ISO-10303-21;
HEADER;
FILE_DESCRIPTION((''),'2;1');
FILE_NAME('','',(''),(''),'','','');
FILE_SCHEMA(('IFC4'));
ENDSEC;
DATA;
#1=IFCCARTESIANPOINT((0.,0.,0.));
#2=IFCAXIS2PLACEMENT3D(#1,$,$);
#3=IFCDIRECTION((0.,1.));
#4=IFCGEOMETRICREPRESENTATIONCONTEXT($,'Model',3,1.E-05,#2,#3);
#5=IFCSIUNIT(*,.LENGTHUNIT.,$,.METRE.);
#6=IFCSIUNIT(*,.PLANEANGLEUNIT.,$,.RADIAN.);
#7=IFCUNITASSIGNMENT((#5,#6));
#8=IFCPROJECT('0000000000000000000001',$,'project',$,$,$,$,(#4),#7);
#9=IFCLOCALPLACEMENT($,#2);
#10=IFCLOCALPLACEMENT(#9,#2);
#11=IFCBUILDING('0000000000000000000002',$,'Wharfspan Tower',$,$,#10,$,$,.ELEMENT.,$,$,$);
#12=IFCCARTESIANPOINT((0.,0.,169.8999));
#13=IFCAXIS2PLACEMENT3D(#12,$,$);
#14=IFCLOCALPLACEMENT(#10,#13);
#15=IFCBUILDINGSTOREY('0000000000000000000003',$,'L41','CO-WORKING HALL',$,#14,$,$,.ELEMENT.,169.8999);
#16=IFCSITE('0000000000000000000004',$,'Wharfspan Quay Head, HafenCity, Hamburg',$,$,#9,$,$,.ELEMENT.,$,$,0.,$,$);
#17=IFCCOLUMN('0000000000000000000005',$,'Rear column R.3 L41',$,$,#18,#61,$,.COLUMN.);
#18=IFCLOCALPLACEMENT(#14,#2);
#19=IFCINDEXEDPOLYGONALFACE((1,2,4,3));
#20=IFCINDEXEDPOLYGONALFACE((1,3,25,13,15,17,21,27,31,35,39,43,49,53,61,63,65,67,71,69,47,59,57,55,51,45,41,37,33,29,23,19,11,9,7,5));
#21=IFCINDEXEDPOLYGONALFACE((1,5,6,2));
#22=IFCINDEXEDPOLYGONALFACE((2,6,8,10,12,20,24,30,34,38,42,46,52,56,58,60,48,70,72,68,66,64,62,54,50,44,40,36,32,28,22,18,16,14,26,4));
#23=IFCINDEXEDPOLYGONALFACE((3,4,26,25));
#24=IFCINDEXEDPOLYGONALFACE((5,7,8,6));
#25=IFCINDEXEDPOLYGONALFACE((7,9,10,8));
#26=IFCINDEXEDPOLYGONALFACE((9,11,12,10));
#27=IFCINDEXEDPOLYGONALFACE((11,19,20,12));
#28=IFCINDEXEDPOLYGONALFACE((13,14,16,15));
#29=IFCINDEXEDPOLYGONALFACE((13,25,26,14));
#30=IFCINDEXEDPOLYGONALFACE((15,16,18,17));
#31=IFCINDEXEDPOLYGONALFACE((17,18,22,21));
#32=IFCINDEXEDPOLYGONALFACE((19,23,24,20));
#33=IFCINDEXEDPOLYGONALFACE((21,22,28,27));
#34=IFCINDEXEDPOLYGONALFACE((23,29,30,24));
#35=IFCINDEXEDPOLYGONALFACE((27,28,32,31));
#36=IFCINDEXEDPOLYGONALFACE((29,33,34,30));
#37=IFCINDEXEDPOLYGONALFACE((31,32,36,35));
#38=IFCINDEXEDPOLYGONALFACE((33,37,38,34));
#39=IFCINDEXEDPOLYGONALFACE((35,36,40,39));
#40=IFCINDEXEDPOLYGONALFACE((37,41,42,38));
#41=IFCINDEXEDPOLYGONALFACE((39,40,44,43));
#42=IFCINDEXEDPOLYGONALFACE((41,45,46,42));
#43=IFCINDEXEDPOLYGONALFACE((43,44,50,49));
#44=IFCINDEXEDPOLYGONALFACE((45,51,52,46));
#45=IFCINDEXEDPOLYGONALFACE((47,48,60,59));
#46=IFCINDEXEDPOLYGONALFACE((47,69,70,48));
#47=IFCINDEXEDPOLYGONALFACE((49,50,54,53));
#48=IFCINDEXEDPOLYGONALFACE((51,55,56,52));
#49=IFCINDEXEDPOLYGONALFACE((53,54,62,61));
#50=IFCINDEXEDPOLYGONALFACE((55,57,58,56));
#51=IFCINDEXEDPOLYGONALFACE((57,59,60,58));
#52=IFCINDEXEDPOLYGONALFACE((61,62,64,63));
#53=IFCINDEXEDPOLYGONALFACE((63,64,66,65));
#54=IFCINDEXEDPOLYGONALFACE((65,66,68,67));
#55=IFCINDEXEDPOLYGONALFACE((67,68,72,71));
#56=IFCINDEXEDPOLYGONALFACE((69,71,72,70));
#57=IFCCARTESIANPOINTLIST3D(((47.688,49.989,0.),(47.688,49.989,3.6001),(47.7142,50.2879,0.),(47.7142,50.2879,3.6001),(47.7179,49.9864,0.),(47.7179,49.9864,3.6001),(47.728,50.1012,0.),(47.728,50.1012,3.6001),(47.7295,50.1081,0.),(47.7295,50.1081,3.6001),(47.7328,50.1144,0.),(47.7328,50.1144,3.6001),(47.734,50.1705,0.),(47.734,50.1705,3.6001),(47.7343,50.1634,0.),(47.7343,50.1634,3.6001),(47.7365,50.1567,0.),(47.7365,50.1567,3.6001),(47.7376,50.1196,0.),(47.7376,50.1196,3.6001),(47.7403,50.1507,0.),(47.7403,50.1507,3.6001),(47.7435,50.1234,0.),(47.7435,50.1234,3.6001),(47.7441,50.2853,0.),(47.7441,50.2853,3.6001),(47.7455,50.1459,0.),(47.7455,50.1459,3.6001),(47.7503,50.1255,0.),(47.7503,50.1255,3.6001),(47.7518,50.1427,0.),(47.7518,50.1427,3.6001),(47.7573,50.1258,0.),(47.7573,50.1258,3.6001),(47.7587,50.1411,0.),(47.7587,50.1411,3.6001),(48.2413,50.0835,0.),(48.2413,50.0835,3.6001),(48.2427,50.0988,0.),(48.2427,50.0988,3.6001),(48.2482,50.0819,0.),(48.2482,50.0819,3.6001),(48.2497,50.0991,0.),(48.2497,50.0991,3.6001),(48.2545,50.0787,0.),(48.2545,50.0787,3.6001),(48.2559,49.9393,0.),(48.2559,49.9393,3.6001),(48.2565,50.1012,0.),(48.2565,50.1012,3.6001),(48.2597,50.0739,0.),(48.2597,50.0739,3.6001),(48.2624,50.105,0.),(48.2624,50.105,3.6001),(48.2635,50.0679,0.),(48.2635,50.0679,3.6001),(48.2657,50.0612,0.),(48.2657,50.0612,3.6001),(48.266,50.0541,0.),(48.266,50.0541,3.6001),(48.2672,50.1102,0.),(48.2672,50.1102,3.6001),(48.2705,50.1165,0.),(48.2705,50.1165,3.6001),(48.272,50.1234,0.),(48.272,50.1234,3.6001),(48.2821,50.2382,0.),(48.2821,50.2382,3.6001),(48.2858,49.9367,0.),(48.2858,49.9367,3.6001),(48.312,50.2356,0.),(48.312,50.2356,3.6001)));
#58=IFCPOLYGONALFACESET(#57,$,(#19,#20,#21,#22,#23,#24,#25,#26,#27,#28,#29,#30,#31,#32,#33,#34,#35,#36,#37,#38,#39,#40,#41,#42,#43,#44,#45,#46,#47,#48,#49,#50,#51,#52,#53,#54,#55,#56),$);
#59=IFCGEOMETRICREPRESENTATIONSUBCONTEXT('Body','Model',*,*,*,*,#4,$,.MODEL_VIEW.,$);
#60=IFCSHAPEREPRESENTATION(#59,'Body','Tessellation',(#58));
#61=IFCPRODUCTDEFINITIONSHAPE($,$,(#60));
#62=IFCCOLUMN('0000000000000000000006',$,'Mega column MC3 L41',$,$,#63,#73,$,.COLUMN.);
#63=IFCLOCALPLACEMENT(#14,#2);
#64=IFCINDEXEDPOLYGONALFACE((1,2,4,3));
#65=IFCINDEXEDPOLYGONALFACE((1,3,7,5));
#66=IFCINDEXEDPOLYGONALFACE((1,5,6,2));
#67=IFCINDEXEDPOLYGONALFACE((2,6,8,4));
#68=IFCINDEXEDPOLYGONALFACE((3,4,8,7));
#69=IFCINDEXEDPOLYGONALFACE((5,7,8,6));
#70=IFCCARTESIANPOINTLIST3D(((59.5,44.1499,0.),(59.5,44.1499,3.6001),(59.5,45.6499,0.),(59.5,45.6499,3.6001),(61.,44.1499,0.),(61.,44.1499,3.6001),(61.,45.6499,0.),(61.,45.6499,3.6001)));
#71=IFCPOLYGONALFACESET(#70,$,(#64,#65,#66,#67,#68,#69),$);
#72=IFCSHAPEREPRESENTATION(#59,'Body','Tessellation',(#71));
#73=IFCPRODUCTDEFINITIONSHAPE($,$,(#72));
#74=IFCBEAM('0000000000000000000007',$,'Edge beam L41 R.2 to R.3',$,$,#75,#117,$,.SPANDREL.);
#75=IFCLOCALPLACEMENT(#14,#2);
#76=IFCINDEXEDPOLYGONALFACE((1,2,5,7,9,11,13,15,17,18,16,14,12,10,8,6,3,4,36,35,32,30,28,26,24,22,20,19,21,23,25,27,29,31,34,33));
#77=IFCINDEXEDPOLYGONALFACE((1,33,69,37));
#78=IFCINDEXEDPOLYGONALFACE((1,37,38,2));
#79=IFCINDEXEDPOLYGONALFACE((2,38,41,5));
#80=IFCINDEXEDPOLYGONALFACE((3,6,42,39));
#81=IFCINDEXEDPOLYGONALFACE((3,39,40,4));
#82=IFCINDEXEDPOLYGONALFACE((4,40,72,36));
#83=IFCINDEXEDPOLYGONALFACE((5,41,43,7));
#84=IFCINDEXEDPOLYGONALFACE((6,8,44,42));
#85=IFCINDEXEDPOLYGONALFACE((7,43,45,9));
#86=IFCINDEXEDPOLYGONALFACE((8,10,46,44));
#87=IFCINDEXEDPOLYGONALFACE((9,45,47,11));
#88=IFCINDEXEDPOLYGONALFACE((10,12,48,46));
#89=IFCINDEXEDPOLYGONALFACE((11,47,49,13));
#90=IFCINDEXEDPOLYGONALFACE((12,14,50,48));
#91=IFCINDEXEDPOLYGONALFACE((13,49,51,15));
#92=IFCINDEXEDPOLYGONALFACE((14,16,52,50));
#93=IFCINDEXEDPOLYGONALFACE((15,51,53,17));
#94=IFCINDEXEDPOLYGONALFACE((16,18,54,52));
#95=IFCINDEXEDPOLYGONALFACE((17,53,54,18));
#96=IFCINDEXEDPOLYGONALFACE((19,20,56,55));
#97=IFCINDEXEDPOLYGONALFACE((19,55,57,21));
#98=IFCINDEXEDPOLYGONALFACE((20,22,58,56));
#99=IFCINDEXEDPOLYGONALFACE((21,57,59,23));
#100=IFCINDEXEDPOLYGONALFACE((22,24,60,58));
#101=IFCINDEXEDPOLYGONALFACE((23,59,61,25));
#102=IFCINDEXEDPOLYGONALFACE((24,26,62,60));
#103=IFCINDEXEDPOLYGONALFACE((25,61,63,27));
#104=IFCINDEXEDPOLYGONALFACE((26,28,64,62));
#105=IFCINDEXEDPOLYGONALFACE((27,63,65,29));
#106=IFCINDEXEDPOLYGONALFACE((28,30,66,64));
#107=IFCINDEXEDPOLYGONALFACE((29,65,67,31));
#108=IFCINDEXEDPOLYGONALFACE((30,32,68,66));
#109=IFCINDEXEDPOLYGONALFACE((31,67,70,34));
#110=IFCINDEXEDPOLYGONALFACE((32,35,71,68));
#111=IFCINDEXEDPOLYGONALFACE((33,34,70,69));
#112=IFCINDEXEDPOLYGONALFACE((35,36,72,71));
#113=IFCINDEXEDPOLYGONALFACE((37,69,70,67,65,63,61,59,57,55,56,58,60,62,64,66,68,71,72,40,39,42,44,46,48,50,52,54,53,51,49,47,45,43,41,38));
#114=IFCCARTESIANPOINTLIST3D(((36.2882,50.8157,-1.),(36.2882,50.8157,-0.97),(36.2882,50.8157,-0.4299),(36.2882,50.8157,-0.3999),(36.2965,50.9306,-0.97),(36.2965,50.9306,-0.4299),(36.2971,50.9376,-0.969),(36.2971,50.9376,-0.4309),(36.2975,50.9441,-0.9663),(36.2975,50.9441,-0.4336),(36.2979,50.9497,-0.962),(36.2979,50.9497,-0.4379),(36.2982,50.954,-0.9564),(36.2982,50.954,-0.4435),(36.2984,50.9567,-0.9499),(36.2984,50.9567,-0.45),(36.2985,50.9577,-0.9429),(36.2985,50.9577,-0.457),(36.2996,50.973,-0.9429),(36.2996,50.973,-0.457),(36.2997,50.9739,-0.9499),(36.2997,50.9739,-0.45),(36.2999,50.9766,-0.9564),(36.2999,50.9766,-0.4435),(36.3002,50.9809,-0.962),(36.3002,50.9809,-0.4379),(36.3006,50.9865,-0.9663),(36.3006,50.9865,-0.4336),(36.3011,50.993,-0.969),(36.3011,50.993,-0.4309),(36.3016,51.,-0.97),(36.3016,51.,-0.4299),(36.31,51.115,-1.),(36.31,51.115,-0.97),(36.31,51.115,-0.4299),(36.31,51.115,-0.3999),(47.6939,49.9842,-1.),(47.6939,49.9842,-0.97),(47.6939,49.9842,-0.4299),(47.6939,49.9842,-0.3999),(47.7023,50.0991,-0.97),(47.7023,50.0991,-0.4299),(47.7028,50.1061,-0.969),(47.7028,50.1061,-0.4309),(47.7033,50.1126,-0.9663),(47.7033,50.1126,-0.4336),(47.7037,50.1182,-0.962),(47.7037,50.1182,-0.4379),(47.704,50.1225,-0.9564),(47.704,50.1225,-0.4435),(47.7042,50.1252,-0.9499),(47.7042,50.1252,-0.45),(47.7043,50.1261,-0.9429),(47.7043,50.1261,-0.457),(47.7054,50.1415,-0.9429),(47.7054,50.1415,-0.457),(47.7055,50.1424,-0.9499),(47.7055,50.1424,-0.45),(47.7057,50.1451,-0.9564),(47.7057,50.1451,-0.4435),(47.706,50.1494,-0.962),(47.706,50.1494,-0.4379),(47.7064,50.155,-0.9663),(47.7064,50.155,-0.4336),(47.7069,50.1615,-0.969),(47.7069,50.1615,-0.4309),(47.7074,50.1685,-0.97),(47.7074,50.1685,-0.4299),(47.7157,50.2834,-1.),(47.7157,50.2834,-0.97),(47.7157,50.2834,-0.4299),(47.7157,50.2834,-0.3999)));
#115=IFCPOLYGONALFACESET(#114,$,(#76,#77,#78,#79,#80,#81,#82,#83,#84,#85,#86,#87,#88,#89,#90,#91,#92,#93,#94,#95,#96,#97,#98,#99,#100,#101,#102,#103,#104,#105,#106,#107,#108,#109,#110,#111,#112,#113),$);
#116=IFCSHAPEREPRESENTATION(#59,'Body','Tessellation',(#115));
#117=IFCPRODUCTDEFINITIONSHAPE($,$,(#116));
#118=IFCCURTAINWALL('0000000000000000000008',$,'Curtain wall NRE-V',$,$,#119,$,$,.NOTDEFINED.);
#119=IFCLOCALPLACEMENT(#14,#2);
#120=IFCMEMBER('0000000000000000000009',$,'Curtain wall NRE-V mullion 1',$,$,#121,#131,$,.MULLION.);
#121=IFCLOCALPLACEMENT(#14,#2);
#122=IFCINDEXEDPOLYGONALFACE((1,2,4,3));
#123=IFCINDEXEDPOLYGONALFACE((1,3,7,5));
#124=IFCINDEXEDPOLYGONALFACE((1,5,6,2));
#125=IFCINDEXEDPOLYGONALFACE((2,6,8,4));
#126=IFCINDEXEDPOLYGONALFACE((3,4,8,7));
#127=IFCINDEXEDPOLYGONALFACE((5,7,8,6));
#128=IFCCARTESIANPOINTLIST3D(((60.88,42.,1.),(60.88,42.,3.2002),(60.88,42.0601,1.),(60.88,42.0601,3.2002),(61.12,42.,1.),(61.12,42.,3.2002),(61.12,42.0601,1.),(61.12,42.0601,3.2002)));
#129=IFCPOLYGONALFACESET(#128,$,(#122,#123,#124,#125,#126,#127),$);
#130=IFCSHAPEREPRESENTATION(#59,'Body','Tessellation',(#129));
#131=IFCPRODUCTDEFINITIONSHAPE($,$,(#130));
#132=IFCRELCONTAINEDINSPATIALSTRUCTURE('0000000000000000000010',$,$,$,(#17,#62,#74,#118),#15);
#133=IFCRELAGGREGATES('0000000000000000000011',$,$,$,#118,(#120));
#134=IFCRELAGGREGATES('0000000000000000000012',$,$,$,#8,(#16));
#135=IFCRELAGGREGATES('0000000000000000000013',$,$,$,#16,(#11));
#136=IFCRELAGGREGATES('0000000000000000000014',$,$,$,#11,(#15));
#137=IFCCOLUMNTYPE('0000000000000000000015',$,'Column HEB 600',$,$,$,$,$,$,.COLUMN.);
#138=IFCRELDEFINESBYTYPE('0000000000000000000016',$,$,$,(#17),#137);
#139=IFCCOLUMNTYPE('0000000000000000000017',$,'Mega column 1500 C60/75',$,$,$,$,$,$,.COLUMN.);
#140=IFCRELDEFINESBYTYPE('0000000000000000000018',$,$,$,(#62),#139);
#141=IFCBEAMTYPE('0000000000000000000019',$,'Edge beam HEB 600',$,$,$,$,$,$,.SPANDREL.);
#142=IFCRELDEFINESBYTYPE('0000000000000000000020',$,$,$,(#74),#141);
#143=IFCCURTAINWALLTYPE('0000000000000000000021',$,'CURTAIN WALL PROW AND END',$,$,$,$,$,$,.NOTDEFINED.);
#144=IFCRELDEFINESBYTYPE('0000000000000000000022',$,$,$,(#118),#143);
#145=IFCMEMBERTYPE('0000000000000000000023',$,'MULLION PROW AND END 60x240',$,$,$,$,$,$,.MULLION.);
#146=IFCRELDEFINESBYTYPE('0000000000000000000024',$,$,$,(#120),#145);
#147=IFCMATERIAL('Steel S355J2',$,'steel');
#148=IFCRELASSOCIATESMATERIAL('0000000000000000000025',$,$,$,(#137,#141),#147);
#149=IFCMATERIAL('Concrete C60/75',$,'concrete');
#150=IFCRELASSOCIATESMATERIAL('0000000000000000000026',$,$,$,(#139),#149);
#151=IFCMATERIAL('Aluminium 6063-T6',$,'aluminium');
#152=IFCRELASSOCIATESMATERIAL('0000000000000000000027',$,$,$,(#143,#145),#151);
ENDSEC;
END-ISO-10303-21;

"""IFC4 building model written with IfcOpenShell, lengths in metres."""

from ifc_helpers import new_model, si_unit, direction, frame, origin, origin_2d, place, context, subcontext, project, spatial, rectangle, i_section, extrude, material, material_profile, profile_set, type_object, element, aggregate, save


model = new_model("IFC4")

# Units and contexts
model_context = context("Model", 3, precision=1e-05, world=origin(), true_north=direction((0.0, 1.0)))
body_context = subcontext(model_context, "Body", "Model", "MODEL_VIEW")
ifc_project = project(units=[si_unit("LENGTHUNIT", "METRE"), si_unit("PLANEANGLEUNIT", "RADIAN")], contexts=[model_context])

# Site, building, storey
site_placement = place(None, origin())
site = spatial("IfcSite", under=ifc_project, at=site_placement, Name="Wharfspan Quay Head, HafenCity, Hamburg", CompositionType="ELEMENT", RefElevation=0.0)
building_placement = place(site_placement, origin())
building = spatial("IfcBuilding", under=site, at=building_placement, Name="Wharfspan Tower", CompositionType="ELEMENT")
storey_placement = place(building_placement, frame((0.0, 0.0, 169.8999)))
storey = spatial("IfcBuildingStorey", under=building, at=storey_placement, Name="L41", Description="CO-WORKING HALL", CompositionType="ELEMENT", Elevation=169.8999)

# Columns
ifc_material_1 = material(Name="Steel S355J2", Category="steel")
ifc_material_profile_1 = material_profile(ifc_material_1, i_section(OverallWidth=0.3, OverallDepth=0.6001, WebThickness=0.0154, FlangeThickness=0.03, FilletRadius=0.0271, at=origin_2d()))
ifc_profile_set_1 = profile_set([ifc_material_profile_1], Name="Steel S355J2")
column_type_1 = type_object("IfcColumnType", Name="Column HEB 600", PredefinedType="COLUMN", material=ifc_profile_set_1)
column_1_placement = place(storey_placement, frame((48.0, 50.1123, 0.0), z_axis=(0.0, 0.0, 1.0), x_axis=(0.087156, 0.996198, 0.0)))
element("IfcColumn", 1, at=column_1_placement, inside=storey, type_object=column_type_1, Name="Rear column R.3 L41", PredefinedType="COLUMN", context=body_context, shape_type="SweptSolid", body=[
    extrude(i_section(OverallWidth=0.3, OverallDepth=0.6001, WebThickness=0.0154, FlangeThickness=0.03, FilletRadius=0.0271, at=origin_2d()), origin(), (0.0, 0.0, 1.0), 3.6001),
])
ifc_material_2 = material(Name="Concrete C60/75", Category="concrete")
ifc_material_profile_2 = material_profile(ifc_material_2, rectangle(XDim=1.5, YDim=1.5, at=origin_2d()))
ifc_profile_set_2 = profile_set([ifc_material_profile_2], Name="Concrete C60/75")
column_type_2 = type_object("IfcColumnType", Name="Mega column 1500 C60/75", PredefinedType="COLUMN", material=ifc_profile_set_2)
column_2_placement = place(storey_placement, frame((60.25, 44.8999, 0.0), z_axis=(0.0, 0.0, 1.0), x_axis=(1.0, 0.0, 0.0)))
element("IfcColumn", 2, at=column_2_placement, inside=storey, type_object=column_type_2, Name="Mega column MC3 L41", PredefinedType="COLUMN", context=body_context, shape_type="SweptSolid", body=[
    extrude(rectangle(XDim=1.5, YDim=1.5, at=origin_2d()), origin(), (0.0, 0.0, 1.0), 3.6001),
])

# Beam
ifc_material_profile_3 = material_profile(ifc_material_1, i_section(OverallWidth=0.3, OverallDepth=0.6001, WebThickness=0.0154, FlangeThickness=0.03, FilletRadius=0.0271, at=origin_2d()))
ifc_profile_set_3 = profile_set([ifc_material_profile_3], Name="Steel S355J2")
beam_type = type_object("IfcBeamType", Name="Edge beam HEB 600", PredefinedType="SPANDREL", material=ifc_profile_set_3)
beam_placement = place(storey_placement, frame((36.2991, 50.9653, -0.7), z_axis=(0.997353, -0.072713, 0.0), x_axis=(0.072713, 0.997353, 0.0)))
element("IfcBeam", 3, at=beam_placement, inside=storey, type_object=beam_type, Name="Edge beam L41 R.2 to R.3", PredefinedType="SPANDREL", context=body_context, shape_type="SweptSolid", body=[
    extrude(i_section(OverallWidth=0.3, OverallDepth=0.6001, WebThickness=0.0154, FlangeThickness=0.03, FilletRadius=0.0271, at=origin_2d()), origin(), (0.0, 0.0, 1.0), 11.436),
])

# Curtain wall, member
ifc_material_3 = material(Name="Aluminium 6063-T6", Category="aluminium")
curtain_wall_type = type_object("IfcCurtainWallType", Name="CURTAIN WALL PROW AND END", PredefinedType="NOTDEFINED", material=ifc_material_3)
curtain_wall_placement = place(storey_placement, origin())
curtain_wall = element("IfcCurtainWall", 4, at=curtain_wall_placement, inside=storey, type_object=curtain_wall_type, Name="Curtain wall NRE-V", PredefinedType="NOTDEFINED")
ifc_material_profile_4 = material_profile(ifc_material_3, rectangle(XDim=0.24, YDim=0.0601, at=origin_2d()))
ifc_profile_set_4 = profile_set([ifc_material_profile_4], Name="Aluminium 6063-T6")
member_type_1 = type_object("IfcMemberType", Name="MULLION PROW AND END 60x240", PredefinedType="MULLION", material=ifc_profile_set_4)
member_1_placement = place(storey_placement, frame((61.0, 42.03, 1.0), z_axis=(0.0, 0.0, 1.0), x_axis=(-1.0, 0.0, 0.0)))
member_1 = element("IfcMember", 5, at=member_1_placement, type_object=member_type_1, Name="Curtain wall NRE-V mullion 1", PredefinedType="MULLION", context=body_context, shape_type="SweptSolid", body=[
    extrude(rectangle(XDim=0.24, YDim=0.0601, at=origin_2d()), origin(), (0.0, 0.0, 1.0), 2.2002),
])

aggregate(curtain_wall, [member_1])

save(model, "model.ifc")
